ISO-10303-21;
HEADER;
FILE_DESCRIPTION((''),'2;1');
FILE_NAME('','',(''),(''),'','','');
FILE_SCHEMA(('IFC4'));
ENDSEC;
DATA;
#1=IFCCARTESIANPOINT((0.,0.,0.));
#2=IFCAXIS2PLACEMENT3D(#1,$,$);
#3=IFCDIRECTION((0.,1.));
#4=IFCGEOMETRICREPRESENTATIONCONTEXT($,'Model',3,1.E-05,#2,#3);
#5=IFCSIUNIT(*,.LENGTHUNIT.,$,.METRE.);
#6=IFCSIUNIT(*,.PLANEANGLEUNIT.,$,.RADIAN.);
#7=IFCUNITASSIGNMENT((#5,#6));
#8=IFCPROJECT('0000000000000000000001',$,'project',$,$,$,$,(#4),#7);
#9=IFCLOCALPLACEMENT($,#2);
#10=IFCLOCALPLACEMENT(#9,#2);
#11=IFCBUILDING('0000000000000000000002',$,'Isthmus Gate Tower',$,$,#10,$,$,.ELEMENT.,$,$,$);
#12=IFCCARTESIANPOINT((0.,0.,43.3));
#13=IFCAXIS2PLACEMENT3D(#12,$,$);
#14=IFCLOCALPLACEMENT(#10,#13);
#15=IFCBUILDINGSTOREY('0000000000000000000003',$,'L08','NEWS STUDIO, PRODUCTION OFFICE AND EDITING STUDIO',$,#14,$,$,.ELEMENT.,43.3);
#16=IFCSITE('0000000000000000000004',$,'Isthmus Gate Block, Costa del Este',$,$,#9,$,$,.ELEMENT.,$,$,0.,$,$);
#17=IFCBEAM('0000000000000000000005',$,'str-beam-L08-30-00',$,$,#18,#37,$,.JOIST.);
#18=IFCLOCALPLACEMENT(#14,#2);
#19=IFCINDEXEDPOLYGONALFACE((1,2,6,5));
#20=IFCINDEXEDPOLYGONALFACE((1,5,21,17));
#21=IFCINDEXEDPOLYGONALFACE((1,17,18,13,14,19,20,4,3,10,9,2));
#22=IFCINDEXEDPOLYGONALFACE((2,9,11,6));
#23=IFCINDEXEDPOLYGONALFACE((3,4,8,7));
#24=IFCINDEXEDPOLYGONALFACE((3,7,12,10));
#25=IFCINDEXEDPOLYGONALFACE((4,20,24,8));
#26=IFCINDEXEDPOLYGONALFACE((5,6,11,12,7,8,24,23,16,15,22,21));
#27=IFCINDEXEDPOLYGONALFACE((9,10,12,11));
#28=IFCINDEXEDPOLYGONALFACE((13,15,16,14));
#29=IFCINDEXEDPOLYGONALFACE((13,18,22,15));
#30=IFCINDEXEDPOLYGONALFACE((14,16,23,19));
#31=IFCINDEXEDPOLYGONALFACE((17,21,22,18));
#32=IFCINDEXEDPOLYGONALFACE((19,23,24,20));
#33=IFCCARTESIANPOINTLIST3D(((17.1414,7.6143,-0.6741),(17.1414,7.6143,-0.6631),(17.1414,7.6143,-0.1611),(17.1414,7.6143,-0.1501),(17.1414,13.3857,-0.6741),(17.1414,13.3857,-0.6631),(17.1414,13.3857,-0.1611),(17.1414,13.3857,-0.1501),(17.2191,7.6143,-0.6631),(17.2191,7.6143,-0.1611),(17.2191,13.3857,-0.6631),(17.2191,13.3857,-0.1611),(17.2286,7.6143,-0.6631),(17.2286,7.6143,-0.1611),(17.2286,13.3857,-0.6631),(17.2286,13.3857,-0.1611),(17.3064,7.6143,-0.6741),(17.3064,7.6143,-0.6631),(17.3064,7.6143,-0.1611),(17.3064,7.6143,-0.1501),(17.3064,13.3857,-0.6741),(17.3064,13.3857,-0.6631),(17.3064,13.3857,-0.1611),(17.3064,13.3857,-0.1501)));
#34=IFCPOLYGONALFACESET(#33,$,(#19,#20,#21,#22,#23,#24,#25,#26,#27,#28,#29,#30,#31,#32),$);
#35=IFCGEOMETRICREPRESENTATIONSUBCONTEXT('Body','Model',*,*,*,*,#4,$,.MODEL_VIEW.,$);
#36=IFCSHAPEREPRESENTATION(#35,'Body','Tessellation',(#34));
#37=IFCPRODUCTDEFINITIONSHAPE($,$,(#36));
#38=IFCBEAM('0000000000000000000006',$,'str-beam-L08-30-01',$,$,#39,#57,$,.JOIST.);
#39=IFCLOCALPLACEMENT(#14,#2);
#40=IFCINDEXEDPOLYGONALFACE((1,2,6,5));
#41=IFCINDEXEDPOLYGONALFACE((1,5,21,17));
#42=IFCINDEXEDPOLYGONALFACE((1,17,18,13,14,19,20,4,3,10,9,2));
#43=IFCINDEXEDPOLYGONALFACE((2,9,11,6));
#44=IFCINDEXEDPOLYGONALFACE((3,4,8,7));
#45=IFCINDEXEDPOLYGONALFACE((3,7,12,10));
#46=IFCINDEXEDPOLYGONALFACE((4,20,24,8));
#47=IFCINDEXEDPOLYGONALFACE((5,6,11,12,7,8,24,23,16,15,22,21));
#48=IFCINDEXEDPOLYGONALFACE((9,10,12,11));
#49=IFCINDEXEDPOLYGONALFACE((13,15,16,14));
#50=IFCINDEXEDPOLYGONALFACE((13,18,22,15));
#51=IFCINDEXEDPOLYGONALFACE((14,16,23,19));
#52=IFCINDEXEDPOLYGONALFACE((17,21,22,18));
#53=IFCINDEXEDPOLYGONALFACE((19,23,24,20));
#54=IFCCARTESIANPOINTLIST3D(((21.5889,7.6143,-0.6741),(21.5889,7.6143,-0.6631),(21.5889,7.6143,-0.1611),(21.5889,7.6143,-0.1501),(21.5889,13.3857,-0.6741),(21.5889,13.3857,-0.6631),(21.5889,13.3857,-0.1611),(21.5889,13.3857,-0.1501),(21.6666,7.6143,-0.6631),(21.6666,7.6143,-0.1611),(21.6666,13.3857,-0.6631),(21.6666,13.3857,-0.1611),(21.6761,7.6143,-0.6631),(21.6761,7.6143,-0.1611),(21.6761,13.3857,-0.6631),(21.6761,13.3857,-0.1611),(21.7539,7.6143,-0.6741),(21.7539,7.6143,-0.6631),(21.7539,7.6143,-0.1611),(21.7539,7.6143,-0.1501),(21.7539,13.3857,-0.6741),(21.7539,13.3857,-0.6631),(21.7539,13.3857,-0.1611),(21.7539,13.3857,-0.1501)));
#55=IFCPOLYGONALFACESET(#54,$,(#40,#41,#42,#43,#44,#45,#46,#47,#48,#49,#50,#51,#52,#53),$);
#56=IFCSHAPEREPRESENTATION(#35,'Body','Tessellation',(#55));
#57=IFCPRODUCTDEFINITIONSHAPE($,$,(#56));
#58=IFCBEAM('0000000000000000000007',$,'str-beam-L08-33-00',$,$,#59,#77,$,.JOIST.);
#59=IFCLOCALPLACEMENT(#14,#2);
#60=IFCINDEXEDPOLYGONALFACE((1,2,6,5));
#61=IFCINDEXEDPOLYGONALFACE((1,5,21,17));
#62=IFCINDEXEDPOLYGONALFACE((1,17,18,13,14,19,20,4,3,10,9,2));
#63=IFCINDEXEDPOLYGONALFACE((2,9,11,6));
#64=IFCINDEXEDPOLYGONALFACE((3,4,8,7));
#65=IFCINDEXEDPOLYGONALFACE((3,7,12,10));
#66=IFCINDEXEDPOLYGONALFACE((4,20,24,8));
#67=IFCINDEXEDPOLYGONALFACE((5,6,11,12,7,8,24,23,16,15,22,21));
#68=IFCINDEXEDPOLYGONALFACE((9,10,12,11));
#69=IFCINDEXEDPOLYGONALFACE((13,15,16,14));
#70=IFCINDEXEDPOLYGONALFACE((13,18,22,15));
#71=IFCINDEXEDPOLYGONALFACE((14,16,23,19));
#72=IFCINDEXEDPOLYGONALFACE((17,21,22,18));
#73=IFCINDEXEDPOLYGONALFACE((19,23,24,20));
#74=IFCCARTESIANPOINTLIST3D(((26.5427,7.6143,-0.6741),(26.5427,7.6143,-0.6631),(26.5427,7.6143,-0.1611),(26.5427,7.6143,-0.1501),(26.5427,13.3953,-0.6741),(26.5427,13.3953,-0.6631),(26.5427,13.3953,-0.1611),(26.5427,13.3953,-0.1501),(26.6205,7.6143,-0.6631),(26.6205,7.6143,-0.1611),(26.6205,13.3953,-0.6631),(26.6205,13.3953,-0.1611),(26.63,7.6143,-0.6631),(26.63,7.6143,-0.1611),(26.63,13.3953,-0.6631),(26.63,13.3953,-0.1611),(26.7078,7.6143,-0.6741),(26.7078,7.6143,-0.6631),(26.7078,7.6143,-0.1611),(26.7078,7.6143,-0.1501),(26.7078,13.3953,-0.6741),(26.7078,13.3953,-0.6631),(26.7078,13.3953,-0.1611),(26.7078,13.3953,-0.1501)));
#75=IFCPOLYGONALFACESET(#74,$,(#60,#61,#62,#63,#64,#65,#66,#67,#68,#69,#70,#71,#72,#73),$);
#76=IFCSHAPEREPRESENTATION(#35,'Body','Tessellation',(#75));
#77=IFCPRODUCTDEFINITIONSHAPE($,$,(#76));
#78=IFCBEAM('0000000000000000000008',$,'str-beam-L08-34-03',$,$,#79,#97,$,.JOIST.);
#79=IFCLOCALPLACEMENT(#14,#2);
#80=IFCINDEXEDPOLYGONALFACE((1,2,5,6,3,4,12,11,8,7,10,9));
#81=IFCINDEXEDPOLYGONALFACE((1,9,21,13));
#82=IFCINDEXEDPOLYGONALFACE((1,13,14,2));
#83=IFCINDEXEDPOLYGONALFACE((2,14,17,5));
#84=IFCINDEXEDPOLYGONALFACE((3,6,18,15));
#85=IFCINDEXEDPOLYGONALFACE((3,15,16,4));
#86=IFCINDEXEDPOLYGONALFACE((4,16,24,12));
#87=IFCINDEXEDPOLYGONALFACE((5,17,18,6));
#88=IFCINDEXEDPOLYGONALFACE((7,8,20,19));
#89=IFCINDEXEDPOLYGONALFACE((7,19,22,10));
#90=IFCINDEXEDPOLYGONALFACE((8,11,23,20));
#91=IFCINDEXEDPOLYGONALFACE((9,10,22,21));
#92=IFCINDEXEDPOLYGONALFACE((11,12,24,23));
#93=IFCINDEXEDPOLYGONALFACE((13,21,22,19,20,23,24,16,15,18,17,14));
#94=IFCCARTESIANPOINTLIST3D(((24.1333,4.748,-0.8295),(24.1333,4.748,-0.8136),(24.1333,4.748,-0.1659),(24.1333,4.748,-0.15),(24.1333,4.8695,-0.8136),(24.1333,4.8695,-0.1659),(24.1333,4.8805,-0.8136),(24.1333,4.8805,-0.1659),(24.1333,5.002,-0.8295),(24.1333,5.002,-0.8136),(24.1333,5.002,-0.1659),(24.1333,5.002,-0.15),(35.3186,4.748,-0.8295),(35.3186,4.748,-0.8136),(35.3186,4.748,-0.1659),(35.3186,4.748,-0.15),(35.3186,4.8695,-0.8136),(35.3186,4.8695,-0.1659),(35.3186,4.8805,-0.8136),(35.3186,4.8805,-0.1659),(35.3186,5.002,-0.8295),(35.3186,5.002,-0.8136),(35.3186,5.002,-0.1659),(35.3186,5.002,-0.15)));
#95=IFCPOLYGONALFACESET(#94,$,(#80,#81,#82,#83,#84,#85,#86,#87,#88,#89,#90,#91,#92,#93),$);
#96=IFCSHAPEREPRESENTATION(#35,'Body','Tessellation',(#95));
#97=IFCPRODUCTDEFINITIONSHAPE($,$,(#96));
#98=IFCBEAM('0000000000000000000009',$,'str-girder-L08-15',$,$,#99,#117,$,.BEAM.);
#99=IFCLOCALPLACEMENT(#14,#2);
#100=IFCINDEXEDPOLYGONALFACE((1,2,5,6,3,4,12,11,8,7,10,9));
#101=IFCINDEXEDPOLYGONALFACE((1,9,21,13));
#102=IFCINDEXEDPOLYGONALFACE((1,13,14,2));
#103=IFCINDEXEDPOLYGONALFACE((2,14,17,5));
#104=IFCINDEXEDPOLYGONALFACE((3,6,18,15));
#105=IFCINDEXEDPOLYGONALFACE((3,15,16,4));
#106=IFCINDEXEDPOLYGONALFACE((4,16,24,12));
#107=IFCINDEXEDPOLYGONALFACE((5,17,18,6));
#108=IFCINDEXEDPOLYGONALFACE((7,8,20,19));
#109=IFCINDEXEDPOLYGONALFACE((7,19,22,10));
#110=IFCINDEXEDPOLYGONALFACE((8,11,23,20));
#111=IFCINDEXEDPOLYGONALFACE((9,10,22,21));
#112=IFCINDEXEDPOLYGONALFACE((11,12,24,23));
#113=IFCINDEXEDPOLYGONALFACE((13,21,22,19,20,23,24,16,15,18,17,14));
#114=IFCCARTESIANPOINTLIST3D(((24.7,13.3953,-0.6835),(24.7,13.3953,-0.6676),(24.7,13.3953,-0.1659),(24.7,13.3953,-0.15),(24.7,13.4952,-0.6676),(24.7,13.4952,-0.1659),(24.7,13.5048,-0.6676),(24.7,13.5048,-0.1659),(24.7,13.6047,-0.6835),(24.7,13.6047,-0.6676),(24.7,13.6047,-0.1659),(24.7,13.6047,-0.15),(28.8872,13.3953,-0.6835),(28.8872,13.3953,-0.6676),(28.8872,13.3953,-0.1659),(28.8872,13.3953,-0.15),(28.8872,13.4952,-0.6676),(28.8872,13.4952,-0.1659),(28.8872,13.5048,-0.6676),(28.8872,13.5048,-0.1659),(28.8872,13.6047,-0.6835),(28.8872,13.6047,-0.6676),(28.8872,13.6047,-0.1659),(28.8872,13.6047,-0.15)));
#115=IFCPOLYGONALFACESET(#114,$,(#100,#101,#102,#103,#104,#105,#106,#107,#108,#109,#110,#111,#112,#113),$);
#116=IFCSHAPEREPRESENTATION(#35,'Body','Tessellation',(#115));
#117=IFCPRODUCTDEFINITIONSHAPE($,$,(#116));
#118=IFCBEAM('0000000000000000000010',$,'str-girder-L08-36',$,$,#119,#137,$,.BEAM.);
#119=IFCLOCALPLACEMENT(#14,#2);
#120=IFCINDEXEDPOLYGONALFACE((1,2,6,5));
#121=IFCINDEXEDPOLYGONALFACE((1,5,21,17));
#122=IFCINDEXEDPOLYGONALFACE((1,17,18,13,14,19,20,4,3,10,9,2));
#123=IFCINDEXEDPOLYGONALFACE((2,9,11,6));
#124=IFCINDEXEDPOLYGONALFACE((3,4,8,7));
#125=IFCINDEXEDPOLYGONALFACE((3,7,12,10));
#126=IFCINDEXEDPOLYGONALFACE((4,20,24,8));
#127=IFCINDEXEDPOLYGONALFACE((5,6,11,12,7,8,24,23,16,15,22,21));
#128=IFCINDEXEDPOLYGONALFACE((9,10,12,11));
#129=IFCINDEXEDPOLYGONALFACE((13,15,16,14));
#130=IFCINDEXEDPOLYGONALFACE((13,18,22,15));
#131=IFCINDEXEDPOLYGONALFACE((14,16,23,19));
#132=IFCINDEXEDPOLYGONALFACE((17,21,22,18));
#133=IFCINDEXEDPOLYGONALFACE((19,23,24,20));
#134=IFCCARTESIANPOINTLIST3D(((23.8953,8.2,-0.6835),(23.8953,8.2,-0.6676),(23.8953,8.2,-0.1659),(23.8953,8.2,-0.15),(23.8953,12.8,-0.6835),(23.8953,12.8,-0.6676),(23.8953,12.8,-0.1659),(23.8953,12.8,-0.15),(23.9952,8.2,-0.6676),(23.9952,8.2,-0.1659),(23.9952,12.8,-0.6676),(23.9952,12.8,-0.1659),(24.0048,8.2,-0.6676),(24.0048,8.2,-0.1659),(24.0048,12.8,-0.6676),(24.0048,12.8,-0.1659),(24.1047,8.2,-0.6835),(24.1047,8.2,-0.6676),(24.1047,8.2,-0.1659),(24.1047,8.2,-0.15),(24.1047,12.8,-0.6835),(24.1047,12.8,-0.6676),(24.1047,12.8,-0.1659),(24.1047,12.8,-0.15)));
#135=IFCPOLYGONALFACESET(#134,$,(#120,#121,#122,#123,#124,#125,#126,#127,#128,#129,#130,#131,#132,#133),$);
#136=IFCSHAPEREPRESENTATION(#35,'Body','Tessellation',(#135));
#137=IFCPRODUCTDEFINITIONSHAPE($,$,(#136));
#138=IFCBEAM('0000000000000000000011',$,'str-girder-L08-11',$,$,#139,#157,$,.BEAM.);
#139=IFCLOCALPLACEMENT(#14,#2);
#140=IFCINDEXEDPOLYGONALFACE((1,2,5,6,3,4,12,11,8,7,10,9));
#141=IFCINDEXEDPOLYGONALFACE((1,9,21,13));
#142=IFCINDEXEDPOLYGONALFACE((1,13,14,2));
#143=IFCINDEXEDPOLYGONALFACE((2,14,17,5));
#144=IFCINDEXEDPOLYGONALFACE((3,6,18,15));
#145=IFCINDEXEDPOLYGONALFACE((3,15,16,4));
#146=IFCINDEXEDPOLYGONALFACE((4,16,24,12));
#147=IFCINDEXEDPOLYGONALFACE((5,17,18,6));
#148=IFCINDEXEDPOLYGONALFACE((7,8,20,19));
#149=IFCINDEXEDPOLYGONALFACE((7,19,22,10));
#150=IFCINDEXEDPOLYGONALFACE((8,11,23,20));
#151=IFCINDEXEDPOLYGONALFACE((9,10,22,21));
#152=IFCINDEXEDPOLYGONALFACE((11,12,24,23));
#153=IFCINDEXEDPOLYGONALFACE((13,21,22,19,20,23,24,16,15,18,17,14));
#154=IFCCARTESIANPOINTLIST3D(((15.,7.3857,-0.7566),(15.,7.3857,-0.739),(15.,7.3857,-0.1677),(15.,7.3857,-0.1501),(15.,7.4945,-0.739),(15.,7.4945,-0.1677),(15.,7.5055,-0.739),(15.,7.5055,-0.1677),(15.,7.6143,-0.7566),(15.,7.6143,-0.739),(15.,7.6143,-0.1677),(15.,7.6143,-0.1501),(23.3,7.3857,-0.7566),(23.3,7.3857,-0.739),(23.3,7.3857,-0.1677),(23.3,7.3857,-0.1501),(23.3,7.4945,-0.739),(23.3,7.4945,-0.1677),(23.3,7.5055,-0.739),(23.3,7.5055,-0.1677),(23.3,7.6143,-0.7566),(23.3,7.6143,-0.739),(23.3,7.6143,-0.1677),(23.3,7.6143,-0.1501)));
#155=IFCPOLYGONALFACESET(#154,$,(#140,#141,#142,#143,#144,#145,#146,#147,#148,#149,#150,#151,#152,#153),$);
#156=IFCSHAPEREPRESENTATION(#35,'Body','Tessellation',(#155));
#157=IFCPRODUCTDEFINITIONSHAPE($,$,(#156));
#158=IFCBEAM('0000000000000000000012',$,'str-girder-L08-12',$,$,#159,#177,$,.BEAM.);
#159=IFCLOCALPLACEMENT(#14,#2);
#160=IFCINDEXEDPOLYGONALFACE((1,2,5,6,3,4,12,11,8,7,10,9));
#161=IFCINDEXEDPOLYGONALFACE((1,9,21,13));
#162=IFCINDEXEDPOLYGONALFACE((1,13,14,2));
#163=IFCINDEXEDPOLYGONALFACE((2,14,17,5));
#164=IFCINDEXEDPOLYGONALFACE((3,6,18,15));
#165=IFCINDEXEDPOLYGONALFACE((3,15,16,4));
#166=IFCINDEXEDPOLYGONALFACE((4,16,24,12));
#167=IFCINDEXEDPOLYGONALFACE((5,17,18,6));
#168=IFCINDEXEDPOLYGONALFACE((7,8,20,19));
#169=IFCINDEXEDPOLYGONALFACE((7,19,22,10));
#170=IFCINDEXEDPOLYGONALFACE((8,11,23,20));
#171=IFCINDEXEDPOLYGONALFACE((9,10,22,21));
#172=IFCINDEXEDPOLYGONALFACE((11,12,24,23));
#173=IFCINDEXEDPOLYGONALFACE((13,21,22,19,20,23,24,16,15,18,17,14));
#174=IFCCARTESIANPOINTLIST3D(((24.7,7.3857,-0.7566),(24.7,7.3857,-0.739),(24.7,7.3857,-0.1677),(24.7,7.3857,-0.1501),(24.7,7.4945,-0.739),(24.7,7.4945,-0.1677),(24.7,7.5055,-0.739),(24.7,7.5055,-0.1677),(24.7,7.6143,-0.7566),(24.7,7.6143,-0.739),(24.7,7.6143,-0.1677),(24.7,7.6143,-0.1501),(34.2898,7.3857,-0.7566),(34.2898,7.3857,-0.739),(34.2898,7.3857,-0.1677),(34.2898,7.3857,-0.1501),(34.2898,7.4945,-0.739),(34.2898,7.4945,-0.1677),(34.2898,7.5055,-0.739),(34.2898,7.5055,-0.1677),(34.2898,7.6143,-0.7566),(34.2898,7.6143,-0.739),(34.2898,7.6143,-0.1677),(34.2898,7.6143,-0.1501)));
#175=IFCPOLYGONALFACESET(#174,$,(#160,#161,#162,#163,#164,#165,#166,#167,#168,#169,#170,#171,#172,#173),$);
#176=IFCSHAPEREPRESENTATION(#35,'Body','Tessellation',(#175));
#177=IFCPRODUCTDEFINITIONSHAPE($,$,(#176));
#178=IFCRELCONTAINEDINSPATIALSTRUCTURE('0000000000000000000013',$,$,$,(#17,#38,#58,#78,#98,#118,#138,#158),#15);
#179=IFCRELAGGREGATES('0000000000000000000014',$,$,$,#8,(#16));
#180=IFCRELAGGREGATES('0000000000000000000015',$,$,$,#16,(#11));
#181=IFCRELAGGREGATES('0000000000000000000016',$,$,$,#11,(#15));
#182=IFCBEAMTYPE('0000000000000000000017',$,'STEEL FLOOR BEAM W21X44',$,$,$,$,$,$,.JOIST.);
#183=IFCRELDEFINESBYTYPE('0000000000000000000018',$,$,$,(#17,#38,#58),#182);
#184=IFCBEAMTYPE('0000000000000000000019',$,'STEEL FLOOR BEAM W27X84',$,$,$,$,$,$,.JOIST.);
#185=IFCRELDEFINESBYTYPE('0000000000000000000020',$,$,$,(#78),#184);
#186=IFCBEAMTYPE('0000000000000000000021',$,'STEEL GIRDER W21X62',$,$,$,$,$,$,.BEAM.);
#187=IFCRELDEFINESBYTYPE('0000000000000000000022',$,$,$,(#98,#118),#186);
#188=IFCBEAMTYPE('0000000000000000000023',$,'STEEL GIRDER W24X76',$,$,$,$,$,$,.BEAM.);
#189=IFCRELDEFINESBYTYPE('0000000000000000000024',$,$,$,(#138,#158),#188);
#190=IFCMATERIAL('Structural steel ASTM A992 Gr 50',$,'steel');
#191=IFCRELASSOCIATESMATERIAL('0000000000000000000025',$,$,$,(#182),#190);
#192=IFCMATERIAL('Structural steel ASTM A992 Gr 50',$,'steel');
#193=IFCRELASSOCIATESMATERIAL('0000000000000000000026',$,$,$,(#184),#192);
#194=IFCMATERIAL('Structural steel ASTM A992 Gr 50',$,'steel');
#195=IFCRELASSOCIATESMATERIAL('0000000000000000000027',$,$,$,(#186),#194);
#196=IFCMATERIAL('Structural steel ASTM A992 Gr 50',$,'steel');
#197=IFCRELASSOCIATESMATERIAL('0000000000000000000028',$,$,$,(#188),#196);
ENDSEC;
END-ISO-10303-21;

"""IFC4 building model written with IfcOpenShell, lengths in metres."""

from ifc_helpers import new_model, si_unit, direction, frame, origin, origin_2d, place, context, subcontext, project, spatial, i_section, extrude, material, material_profile, profile_set, type_object, element, save


model = new_model("IFC4")

# Units and contexts
model_context = context("Model", 3, precision=1e-05, world=origin(), true_north=direction((0.0, 1.0)))
body_context = subcontext(model_context, "Body", "Model", "MODEL_VIEW")
ifc_project = project(units=[si_unit("LENGTHUNIT", "METRE"), si_unit("PLANEANGLEUNIT", "RADIAN")], contexts=[model_context])

# Site, building, storey
site_placement = place(None, origin())
site = spatial("IfcSite", under=ifc_project, at=site_placement, Name="Isthmus Gate Block, Costa del Este", CompositionType="ELEMENT", RefElevation=0.0)
building_placement = place(site_placement, origin())
building = spatial("IfcBuilding", under=site, at=building_placement, Name="Isthmus Gate Tower", CompositionType="ELEMENT")
storey_placement = place(building_placement, frame((0.0, 0.0, 43.3)))
storey = spatial("IfcBuildingStorey", under=building, at=storey_placement, Name="L08", Description="NEWS STUDIO, PRODUCTION OFFICE AND EDITING STUDIO", CompositionType="ELEMENT", Elevation=43.3)

# Beams
ifc_material_1 = material(Name="Structural steel ASTM A992 Gr 50", Category="steel")
ifc_material_profile_1 = material_profile(ifc_material_1, i_section(OverallWidth=0.165, OverallDepth=0.5239, WebThickness=0.0095, FlangeThickness=0.011, at=origin_2d()), Name="W21X44")
ifc_profile_set_1 = profile_set([ifc_material_profile_1], Name="Structural steel ASTM A992 Gr 50")
beam_type_1 = type_object("IfcBeamType", Name="STEEL FLOOR BEAM W21X44", PredefinedType="JOIST", material=ifc_profile_set_1)
for number, where, z_axis, x_axis, name in (
    (1, (17.2239, 7.6143, -0.4121), (0.0, 1.0, 0.0), (-1.0, 0.0, 0.0), "str-beam-L08-30-00"),
    (2, (21.6714, 7.6143, -0.4121), (0.0, 1.0, 0.0), (-1.0, 0.0, 0.0), "str-beam-L08-30-01"),
):
    element("IfcBeam", number, at=place(storey_placement, frame(where, z_axis=z_axis, x_axis=x_axis)), inside=storey, type_object=beam_type_1, Name=name, PredefinedType="JOIST", context=body_context, shape_type="SweptSolid", body=[
        extrude(i_section(OverallWidth=0.165, OverallDepth=0.5239, WebThickness=0.0095, FlangeThickness=0.011, at=origin_2d()), origin(), (0.0, 0.0, 1.0), 5.7715),
    ])
beam_1_placement = place(storey_placement, frame((26.6252, 7.6143, -0.4121), z_axis=(0.0, 1.0, 0.0), x_axis=(-1.0, 0.0, 0.0)))
element("IfcBeam", 3, at=beam_1_placement, inside=storey, type_object=beam_type_1, Name="str-beam-L08-33-00", PredefinedType="JOIST", context=body_context, shape_type="SweptSolid", body=[
    extrude(i_section(OverallWidth=0.165, OverallDepth=0.5239, WebThickness=0.0095, FlangeThickness=0.011, at=origin_2d()), origin(), (0.0, 0.0, 1.0), 5.781),
])
ifc_material_2 = material(Name="Structural steel ASTM A992 Gr 50", Category="steel")
ifc_material_profile_2 = material_profile(ifc_material_2, i_section(OverallWidth=0.2539, OverallDepth=0.6794, WebThickness=0.011, FlangeThickness=0.0159, at=origin_2d()), Name="W27X84")
ifc_profile_set_2 = profile_set([ifc_material_profile_2], Name="Structural steel ASTM A992 Gr 50")
beam_type_2 = type_object("IfcBeamType", Name="STEEL FLOOR BEAM W27X84", PredefinedType="JOIST", material=ifc_profile_set_2)
beam_2_placement = place(storey_placement, frame((24.1333, 4.875, -0.4897), z_axis=(1.0, 0.0, 0.0), x_axis=(0.0, 1.0, 0.0)))
element("IfcBeam", 4, at=beam_2_placement, inside=storey, type_object=beam_type_2, Name="str-beam-L08-34-03", PredefinedType="JOIST", context=body_context, shape_type="SweptSolid", body=[
    extrude(i_section(OverallWidth=0.2539, OverallDepth=0.6794, WebThickness=0.011, FlangeThickness=0.0159, at=origin_2d()), origin(), (0.0, 0.0, 1.0), 11.1853),
])
ifc_material_3 = material(Name="Structural steel ASTM A992 Gr 50", Category="steel")
ifc_material_profile_3 = material_profile(ifc_material_3, i_section(OverallWidth=0.2095, OverallDepth=0.5334, WebThickness=0.0095, FlangeThickness=0.0159, at=origin_2d()), Name="W21X62")
ifc_profile_set_3 = profile_set([ifc_material_profile_3], Name="Structural steel ASTM A992 Gr 50")
beam_type_3 = type_object("IfcBeamType", Name="STEEL GIRDER W21X62", PredefinedType="BEAM", material=ifc_profile_set_3)
beam_3_placement = place(storey_placement, frame((24.7, 13.5, -0.4167), z_axis=(1.0, 0.0, 0.0), x_axis=(0.0, 1.0, 0.0)))
element("IfcBeam", 5, at=beam_3_placement, inside=storey, type_object=beam_type_3, Name="str-girder-L08-15", PredefinedType="BEAM", context=body_context, shape_type="SweptSolid", body=[
    extrude(i_section(OverallWidth=0.2095, OverallDepth=0.5334, WebThickness=0.0095, FlangeThickness=0.0159, at=origin_2d()), origin(), (0.0, 0.0, 1.0), 4.1873),
])
beam_4_placement = place(storey_placement, frame((24.0, 8.2, -0.4167), z_axis=(0.0, 1.0, 0.0), x_axis=(-1.0, 0.0, 0.0)))
element("IfcBeam", 6, at=beam_4_placement, inside=storey, type_object=beam_type_3, Name="str-girder-L08-36", PredefinedType="BEAM", context=body_context, shape_type="SweptSolid", body=[
    extrude(i_section(OverallWidth=0.2095, OverallDepth=0.5334, WebThickness=0.0095, FlangeThickness=0.0159, at=origin_2d()), origin(), (0.0, 0.0, 1.0), 4.6001),
])
ifc_material_4 = material(Name="Structural steel ASTM A992 Gr 50", Category="steel")
ifc_material_profile_4 = material_profile(ifc_material_4, i_section(OverallWidth=0.2285, OverallDepth=0.6064, WebThickness=0.011, FlangeThickness=0.0176, at=origin_2d()), Name="W24X76")
ifc_profile_set_4 = profile_set([ifc_material_profile_4], Name="Structural steel ASTM A992 Gr 50")
beam_type_4 = type_object("IfcBeamType", Name="STEEL GIRDER W24X76", PredefinedType="BEAM", material=ifc_profile_set_4)
beam_5_placement = place(storey_placement, frame((15.0, 7.5, -0.4534), z_axis=(1.0, 0.0, 0.0), x_axis=(0.0, 1.0, 0.0)))
element("IfcBeam", 7, at=beam_5_placement, inside=storey, type_object=beam_type_4, Name="str-girder-L08-11", PredefinedType="BEAM", context=body_context, shape_type="SweptSolid", body=[
    extrude(i_section(OverallWidth=0.2285, OverallDepth=0.6064, WebThickness=0.011, FlangeThickness=0.0176, at=origin_2d()), origin(), (0.0, 0.0, 1.0), 8.3),
])
beam_6_placement = place(storey_placement, frame((24.7, 7.5, -0.4534), z_axis=(1.0, 0.0, 0.0), x_axis=(0.0, 1.0, 0.0)))
element("IfcBeam", 8, at=beam_6_placement, inside=storey, type_object=beam_type_4, Name="str-girder-L08-12", PredefinedType="BEAM", context=body_context, shape_type="SweptSolid", body=[
    extrude(i_section(OverallWidth=0.2285, OverallDepth=0.6064, WebThickness=0.011, FlangeThickness=0.0176, at=origin_2d()), origin(), (0.0, 0.0, 1.0), 9.5898),
])

save(model, "model.ifc")
